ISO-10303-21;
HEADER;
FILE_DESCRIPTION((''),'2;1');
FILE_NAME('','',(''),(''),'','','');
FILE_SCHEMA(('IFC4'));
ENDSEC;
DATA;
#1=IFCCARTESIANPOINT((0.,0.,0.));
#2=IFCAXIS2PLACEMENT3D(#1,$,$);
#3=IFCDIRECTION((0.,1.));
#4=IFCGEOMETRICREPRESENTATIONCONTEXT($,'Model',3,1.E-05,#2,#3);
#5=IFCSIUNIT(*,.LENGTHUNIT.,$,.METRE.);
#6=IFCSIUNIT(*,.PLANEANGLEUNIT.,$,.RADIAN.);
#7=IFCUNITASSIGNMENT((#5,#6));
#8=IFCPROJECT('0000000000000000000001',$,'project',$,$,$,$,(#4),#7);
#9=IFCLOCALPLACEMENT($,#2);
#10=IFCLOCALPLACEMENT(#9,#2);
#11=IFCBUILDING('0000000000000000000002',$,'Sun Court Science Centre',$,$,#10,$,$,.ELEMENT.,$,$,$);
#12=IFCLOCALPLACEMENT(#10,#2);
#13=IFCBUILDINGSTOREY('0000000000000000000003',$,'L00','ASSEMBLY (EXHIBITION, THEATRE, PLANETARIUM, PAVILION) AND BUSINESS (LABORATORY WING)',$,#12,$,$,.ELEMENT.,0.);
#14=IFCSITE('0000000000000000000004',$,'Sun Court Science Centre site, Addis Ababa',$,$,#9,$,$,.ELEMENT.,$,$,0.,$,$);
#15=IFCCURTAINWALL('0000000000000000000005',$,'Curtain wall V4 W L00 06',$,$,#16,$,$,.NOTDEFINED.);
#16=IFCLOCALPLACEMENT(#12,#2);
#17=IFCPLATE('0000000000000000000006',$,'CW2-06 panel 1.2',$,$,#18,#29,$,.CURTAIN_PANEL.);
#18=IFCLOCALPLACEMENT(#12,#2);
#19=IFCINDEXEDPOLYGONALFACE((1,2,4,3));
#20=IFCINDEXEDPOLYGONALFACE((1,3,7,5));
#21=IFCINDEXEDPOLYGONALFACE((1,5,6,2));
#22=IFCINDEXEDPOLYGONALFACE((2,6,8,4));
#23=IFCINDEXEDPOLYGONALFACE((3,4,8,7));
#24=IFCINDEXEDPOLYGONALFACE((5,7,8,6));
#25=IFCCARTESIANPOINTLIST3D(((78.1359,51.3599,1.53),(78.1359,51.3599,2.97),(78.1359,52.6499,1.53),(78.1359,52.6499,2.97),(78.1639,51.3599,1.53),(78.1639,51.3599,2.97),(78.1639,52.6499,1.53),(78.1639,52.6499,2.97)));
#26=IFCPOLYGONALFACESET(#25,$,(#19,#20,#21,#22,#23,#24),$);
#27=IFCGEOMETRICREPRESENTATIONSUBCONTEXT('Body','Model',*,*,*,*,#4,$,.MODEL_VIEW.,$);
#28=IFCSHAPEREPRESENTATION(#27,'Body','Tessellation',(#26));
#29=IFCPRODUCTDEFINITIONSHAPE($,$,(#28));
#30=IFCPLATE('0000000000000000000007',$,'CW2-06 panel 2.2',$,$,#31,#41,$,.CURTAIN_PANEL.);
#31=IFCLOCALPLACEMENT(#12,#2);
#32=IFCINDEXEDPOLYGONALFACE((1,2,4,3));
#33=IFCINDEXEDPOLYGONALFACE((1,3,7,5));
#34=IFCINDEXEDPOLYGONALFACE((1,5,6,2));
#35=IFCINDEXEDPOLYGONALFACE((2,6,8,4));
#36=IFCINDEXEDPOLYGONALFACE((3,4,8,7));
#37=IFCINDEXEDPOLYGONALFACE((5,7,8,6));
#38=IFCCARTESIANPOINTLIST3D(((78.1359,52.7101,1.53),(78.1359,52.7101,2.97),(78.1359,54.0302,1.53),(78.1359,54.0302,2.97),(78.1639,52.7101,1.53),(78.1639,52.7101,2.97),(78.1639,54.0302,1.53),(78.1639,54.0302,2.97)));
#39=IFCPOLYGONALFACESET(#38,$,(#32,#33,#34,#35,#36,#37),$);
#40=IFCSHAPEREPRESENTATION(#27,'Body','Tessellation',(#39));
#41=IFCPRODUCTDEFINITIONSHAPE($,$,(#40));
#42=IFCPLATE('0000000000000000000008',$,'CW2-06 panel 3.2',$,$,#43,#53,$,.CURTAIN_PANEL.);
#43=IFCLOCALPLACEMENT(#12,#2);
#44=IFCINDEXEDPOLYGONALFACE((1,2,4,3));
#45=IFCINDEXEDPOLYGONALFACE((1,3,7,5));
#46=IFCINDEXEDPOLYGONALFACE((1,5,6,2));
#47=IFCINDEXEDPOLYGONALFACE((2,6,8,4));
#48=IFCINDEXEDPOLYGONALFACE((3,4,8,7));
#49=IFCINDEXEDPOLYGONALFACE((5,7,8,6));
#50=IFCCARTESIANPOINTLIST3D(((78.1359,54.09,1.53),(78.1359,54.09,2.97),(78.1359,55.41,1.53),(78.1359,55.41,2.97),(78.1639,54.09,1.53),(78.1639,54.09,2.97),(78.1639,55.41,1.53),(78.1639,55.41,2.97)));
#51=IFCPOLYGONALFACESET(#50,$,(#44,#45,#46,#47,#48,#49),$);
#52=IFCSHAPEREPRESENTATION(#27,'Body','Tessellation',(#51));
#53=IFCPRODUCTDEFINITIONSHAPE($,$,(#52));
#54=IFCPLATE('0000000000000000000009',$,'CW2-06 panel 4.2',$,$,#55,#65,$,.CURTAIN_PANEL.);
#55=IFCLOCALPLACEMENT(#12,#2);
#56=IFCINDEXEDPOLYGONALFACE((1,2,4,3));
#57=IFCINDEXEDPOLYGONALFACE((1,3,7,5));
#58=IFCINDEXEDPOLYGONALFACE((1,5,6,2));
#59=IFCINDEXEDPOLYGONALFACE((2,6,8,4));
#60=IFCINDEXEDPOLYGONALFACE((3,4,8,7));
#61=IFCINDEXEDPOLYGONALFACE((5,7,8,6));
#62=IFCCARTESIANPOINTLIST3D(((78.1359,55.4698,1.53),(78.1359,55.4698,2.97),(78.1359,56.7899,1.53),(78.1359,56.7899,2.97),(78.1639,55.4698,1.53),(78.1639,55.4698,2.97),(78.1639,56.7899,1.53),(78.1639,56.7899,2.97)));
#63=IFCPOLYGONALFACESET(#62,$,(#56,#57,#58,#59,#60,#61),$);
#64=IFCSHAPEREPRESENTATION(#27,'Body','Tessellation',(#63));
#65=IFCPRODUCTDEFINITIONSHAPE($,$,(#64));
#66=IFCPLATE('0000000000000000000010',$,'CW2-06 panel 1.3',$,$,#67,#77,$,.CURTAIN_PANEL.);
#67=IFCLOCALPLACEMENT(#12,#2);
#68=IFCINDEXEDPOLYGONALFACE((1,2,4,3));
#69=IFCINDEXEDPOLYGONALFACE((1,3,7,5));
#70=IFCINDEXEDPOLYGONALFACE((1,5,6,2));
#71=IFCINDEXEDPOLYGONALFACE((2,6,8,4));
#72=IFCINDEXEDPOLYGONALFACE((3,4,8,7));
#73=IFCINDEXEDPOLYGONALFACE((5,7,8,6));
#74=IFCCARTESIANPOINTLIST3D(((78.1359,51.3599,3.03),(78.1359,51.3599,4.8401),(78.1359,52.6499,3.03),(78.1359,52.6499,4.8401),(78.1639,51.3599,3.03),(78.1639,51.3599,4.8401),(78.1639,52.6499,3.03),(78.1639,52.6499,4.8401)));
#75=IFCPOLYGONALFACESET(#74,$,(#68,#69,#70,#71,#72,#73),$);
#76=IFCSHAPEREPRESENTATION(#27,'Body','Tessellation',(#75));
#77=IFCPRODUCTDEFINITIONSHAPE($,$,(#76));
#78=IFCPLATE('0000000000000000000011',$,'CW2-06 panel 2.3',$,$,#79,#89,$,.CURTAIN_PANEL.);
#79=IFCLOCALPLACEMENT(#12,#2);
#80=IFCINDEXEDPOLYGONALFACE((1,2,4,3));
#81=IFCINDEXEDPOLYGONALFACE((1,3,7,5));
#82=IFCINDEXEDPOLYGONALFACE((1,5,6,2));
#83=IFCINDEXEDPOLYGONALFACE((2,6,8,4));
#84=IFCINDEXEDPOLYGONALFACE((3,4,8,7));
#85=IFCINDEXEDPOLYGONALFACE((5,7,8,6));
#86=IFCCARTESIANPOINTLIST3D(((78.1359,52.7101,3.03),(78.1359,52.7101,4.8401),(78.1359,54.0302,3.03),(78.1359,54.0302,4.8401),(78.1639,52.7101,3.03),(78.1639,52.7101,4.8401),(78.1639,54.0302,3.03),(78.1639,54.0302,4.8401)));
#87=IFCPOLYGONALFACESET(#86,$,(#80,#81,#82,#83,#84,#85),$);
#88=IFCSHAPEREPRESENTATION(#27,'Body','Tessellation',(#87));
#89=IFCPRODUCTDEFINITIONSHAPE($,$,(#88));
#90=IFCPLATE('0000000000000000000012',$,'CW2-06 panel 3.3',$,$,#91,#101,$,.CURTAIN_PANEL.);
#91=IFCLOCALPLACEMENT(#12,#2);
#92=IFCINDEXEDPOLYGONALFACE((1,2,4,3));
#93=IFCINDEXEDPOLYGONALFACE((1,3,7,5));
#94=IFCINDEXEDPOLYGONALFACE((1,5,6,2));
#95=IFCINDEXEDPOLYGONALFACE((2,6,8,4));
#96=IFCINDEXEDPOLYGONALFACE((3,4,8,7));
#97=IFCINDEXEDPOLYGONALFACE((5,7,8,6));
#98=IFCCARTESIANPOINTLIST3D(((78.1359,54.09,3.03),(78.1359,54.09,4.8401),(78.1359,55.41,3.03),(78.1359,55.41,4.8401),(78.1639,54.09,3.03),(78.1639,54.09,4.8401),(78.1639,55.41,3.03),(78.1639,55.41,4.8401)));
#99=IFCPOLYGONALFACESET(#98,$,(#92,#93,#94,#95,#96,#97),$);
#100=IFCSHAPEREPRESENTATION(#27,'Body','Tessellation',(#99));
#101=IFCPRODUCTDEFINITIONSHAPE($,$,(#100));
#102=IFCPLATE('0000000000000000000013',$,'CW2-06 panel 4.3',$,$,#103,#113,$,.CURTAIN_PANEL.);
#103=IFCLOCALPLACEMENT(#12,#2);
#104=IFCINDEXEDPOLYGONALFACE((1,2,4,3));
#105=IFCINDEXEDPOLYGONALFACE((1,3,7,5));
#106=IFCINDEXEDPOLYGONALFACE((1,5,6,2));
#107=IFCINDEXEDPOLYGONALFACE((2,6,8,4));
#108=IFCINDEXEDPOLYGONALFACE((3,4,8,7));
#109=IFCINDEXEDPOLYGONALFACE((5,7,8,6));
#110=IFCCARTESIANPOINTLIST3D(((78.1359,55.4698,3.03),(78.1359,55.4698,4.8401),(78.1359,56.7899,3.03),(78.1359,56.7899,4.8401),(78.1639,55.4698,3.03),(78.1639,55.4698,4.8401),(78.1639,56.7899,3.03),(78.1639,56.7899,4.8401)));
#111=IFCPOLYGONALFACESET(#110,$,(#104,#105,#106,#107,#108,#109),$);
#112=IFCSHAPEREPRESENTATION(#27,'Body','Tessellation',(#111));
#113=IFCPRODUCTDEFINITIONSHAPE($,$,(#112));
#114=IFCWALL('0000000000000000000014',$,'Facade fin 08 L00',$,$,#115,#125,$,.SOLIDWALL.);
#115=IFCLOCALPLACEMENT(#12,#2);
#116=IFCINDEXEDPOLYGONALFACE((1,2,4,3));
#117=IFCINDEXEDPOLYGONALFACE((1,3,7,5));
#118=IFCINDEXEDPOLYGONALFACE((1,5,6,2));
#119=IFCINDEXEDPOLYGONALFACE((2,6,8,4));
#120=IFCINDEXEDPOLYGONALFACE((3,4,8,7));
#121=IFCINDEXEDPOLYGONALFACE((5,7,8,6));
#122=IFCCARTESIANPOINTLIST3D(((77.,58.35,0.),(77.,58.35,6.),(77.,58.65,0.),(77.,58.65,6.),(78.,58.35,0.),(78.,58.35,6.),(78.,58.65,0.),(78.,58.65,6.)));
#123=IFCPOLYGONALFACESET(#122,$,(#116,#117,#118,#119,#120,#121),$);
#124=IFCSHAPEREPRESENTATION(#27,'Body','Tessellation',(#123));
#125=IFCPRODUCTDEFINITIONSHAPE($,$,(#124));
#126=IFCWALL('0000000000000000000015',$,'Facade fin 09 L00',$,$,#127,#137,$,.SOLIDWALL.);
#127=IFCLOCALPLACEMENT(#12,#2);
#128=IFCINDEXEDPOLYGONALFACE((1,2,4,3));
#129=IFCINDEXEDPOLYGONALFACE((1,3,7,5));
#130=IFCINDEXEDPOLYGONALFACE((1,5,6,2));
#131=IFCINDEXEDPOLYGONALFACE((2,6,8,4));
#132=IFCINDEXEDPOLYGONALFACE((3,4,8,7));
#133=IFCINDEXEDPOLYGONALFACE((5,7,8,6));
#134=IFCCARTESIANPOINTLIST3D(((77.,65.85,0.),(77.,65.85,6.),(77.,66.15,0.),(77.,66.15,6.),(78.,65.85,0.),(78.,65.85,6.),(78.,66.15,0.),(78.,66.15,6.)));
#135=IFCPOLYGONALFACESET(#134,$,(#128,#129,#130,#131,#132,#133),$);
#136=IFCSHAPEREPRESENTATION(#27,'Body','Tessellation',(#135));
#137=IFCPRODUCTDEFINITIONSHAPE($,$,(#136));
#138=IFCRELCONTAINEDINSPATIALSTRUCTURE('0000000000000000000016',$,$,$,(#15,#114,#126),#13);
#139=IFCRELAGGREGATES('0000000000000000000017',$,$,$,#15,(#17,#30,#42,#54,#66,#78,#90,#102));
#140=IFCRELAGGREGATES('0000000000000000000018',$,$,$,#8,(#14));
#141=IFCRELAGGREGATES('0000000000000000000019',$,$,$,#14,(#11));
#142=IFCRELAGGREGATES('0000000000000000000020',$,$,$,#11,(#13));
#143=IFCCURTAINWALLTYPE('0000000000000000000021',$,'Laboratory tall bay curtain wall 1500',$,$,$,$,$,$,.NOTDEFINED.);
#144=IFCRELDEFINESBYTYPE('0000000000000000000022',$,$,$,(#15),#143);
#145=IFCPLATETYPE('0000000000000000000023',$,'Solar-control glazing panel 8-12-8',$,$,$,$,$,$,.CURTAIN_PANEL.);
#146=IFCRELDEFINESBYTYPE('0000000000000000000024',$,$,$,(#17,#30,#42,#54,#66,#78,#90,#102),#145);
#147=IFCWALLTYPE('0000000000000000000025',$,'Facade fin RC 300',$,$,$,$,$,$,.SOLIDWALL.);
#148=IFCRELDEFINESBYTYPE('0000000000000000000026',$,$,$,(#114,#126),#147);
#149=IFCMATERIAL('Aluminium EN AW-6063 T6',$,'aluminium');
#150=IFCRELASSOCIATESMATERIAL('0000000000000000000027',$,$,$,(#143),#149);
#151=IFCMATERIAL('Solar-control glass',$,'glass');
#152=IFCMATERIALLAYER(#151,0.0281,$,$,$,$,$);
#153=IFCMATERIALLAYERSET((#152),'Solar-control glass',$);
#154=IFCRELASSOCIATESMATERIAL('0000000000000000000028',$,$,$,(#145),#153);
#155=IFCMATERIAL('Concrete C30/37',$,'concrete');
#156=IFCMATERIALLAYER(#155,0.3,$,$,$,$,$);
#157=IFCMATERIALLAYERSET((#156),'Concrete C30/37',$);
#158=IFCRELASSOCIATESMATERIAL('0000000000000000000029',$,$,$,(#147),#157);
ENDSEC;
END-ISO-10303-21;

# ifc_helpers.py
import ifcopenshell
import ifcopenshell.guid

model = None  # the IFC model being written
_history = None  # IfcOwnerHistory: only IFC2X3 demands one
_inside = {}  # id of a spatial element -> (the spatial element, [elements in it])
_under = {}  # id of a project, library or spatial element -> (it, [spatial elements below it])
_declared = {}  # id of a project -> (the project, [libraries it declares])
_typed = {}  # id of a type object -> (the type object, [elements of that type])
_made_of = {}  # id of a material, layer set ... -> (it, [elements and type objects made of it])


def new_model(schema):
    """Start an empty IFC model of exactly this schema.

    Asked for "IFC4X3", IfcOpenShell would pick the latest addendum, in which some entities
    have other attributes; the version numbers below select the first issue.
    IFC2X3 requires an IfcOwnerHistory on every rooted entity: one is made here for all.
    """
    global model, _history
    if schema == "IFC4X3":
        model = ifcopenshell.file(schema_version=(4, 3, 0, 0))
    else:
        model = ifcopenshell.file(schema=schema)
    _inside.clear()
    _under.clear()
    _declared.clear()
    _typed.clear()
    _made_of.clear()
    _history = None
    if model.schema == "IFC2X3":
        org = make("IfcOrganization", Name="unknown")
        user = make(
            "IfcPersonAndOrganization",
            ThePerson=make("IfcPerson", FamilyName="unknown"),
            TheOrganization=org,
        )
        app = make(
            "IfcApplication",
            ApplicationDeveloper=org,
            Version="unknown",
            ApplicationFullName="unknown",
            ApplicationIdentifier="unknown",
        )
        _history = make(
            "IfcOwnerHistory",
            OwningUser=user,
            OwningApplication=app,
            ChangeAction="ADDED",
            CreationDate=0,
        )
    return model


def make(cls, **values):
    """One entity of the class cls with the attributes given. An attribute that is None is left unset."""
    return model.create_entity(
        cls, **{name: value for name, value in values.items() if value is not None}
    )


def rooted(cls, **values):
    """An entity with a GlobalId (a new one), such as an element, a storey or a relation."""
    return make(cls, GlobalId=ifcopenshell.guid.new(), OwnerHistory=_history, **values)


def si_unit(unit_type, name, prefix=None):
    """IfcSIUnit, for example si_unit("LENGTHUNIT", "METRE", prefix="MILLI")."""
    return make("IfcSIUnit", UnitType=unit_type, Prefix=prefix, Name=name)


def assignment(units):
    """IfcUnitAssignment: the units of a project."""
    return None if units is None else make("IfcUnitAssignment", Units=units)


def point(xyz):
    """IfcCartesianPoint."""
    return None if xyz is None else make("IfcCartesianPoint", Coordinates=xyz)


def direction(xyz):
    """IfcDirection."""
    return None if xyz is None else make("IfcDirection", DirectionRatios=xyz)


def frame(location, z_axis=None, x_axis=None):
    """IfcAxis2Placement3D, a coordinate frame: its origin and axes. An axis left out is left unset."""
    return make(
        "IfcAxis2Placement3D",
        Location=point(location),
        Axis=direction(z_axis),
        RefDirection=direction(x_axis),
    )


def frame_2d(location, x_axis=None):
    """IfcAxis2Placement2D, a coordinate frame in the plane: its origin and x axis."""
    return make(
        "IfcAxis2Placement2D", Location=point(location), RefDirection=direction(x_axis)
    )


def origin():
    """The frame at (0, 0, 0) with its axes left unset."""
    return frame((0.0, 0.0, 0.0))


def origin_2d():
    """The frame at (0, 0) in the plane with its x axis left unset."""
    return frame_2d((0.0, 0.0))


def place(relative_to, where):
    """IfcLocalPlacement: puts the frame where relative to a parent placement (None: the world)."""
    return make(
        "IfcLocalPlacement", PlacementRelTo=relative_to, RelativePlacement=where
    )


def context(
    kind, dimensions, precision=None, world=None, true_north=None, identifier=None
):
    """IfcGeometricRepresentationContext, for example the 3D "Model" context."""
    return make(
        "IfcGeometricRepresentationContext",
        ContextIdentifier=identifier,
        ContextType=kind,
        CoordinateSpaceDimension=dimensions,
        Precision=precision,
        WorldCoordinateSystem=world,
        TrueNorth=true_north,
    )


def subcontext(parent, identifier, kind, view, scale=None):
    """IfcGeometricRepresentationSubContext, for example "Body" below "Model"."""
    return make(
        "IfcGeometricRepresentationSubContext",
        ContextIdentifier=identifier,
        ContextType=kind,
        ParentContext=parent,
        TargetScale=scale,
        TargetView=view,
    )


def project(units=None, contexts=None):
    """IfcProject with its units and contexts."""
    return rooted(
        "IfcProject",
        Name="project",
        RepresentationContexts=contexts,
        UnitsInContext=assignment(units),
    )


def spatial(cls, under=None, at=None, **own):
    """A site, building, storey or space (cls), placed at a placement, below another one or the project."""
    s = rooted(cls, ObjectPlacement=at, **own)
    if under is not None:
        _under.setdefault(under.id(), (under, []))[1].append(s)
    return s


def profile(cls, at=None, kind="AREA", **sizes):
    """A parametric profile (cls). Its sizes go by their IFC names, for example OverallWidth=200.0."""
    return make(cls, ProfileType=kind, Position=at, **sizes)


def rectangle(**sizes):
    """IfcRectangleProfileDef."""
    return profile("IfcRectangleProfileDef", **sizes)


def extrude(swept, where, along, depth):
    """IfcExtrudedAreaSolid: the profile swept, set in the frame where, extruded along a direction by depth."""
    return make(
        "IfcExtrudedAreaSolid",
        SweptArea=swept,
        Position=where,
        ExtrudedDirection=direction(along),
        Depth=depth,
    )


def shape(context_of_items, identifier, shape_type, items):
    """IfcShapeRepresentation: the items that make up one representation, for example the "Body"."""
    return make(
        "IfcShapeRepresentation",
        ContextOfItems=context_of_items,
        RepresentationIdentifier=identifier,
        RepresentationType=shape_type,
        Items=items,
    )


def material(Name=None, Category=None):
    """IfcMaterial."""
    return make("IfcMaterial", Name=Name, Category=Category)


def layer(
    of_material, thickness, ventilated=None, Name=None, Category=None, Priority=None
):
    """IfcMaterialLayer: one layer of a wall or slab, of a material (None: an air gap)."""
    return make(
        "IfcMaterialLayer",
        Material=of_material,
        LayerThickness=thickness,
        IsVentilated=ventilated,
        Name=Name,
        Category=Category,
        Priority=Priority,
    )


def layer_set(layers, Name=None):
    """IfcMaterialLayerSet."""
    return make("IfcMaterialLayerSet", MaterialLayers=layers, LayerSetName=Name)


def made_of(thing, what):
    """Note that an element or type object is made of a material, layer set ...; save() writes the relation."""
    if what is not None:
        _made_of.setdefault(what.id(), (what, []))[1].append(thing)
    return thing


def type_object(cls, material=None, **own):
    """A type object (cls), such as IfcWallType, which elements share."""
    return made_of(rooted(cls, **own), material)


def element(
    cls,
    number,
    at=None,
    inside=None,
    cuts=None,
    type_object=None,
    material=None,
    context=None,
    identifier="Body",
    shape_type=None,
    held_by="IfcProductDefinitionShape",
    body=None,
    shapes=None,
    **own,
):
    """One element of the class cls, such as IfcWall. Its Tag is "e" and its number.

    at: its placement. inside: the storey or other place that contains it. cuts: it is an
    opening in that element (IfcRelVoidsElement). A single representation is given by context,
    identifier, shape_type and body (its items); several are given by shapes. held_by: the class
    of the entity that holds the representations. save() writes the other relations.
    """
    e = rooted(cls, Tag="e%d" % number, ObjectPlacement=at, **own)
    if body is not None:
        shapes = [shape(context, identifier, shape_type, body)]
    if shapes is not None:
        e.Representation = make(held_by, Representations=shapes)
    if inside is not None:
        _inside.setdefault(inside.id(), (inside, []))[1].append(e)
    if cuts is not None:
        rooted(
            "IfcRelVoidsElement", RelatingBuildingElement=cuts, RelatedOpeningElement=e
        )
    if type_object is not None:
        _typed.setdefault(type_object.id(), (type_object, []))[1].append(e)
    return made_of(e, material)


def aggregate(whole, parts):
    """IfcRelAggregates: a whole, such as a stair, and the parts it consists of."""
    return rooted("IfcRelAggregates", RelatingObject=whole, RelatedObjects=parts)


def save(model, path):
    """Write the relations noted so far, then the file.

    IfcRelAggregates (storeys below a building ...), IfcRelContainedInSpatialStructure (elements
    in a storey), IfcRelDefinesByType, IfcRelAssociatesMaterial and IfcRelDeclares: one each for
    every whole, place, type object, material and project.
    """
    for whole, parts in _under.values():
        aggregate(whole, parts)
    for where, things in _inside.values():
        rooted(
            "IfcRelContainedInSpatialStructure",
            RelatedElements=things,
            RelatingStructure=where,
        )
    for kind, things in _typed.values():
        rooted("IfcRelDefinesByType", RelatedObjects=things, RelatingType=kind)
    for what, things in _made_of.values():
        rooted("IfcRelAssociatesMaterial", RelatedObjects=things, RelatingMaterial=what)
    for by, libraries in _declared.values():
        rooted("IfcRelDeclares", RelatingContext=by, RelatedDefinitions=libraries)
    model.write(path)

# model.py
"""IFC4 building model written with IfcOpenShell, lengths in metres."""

from ifc_helpers import new_model, si_unit, direction, frame, frame_2d, origin, origin_2d, place, context, subcontext, project, spatial, rectangle, extrude, material, layer, layer_set, type_object, element, aggregate, save


model = new_model("IFC4")

# Units and contexts
model_context = context("Model", 3, precision=1e-05, world=origin(), true_north=direction((0.0, 1.0)))
body_context = subcontext(model_context, "Body", "Model", "MODEL_VIEW")
ifc_project = project(units=[si_unit("LENGTHUNIT", "METRE"), si_unit("PLANEANGLEUNIT", "RADIAN")], contexts=[model_context])

# Site, building, storey
site_placement = place(None, origin())
site = spatial("IfcSite", under=ifc_project, at=site_placement, Name="Sun Court Science Centre site, Addis Ababa", CompositionType="ELEMENT", RefElevation=0.0)
building_placement = place(site_placement, origin())
building = spatial("IfcBuilding", under=site, at=building_placement, Name="Sun Court Science Centre", CompositionType="ELEMENT")
storey_placement = place(building_placement, origin())
storey = spatial("IfcBuildingStorey", under=building, at=storey_placement, Name="L00", Description="ASSEMBLY (EXHIBITION, THEATRE, PLANETARIUM, PAVILION) AND BUSINESS (LABORATORY WING)", CompositionType="ELEMENT", Elevation=0.0)

# Curtain wall, plates
ifc_material_1 = material(Name="Aluminium EN AW-6063 T6", Category="aluminium")
curtain_wall_type = type_object("IfcCurtainWallType", Name="Laboratory tall bay curtain wall 1500", PredefinedType="NOTDEFINED", material=ifc_material_1)
curtain_wall_placement = place(storey_placement, origin())
curtain_wall = element("IfcCurtainWall", 1, at=curtain_wall_placement, inside=storey, type_object=curtain_wall_type, Name="Curtain wall V4 W L00 06", PredefinedType="NOTDEFINED")
ifc_material_2 = material(Name="Solar-control glass", Category="glass")
ifc_layer_1 = layer(ifc_material_2, 0.0281)
ifc_layer_set_1 = layer_set([ifc_layer_1], Name="Solar-control glass")
plate_type = type_object("IfcPlateType", Name="Solar-control glazing panel 8-12-8", PredefinedType="CURTAIN_PANEL", material=ifc_layer_set_1)
plate_1_placement = place(storey_placement, frame((78.1499, 52.0049, 1.53), z_axis=(0.0, 0.0, 1.0), x_axis=(0.0, 1.0, 0.0)))
plate_1 = element("IfcPlate", 2, at=plate_1_placement, type_object=plate_type, Name="CW2-06 panel 1.2", PredefinedType="CURTAIN_PANEL", context=body_context, shape_type="SweptSolid", body=[
    extrude(rectangle(XDim=1.29, YDim=0.0281, at=origin_2d()), origin(), (0.0, 0.0, 1.0), 1.4399),
])
plate_2_placement = place(storey_placement, frame((78.1499, 53.3701, 1.53), z_axis=(0.0, 0.0, 1.0), x_axis=(0.0, 1.0, 0.0)))
plate_2 = element("IfcPlate", 3, at=plate_2_placement, type_object=plate_type, Name="CW2-06 panel 2.2", PredefinedType="CURTAIN_PANEL", context=body_context, shape_type="SweptSolid", body=[
    extrude(rectangle(XDim=1.3201, YDim=0.0281, at=origin_2d()), origin(), (0.0, 0.0, 1.0), 1.4399),
])
plate_3_placement = place(storey_placement, frame((78.1499, 54.75, 1.53), z_axis=(0.0, 0.0, 1.0), x_axis=(0.0, 1.0, 0.0)))
plate_3 = element("IfcPlate", 4, at=plate_3_placement, type_object=plate_type, Name="CW2-06 panel 3.2", PredefinedType="CURTAIN_PANEL", context=body_context, shape_type="SweptSolid", body=[
    extrude(rectangle(XDim=1.3201, YDim=0.0281, at=origin_2d()), origin(), (0.0, 0.0, 1.0), 1.4399),
])
plate_4_placement = place(storey_placement, frame((78.1499, 56.1299, 1.53), z_axis=(0.0, 0.0, 1.0), x_axis=(0.0, 1.0, 0.0)))
plate_4 = element("IfcPlate", 5, at=plate_4_placement, type_object=plate_type, Name="CW2-06 panel 4.2", PredefinedType="CURTAIN_PANEL", context=body_context, shape_type="SweptSolid", body=[
    extrude(rectangle(XDim=1.3201, YDim=0.0281, at=origin_2d()), origin(), (0.0, 0.0, 1.0), 1.4399),
])
plate_5_placement = place(storey_placement, frame((78.1499, 52.0049, 3.03), z_axis=(0.0, 0.0, 1.0), x_axis=(0.0, 1.0, 0.0)))
plate_5 = element("IfcPlate", 6, at=plate_5_placement, type_object=plate_type, Name="CW2-06 panel 1.3", PredefinedType="CURTAIN_PANEL", context=body_context, shape_type="SweptSolid", body=[
    extrude(rectangle(XDim=1.29, YDim=0.0281, at=origin_2d()), origin(), (0.0, 0.0, 1.0), 1.8101),
])
plate_6_placement = place(storey_placement, frame((78.1499, 53.3701, 3.03), z_axis=(0.0, 0.0, 1.0), x_axis=(0.0, 1.0, 0.0)))
plate_6 = element("IfcPlate", 7, at=plate_6_placement, type_object=plate_type, Name="CW2-06 panel 2.3", PredefinedType="CURTAIN_PANEL", context=body_context, shape_type="SweptSolid", body=[
    extrude(rectangle(XDim=1.3201, YDim=0.0281, at=origin_2d()), origin(), (0.0, 0.0, 1.0), 1.8101),
])
plate_7_placement = place(storey_placement, frame((78.1499, 54.75, 3.03), z_axis=(0.0, 0.0, 1.0), x_axis=(0.0, 1.0, 0.0)))
plate_7 = element("IfcPlate", 8, at=plate_7_placement, type_object=plate_type, Name="CW2-06 panel 3.3", PredefinedType="CURTAIN_PANEL", context=body_context, shape_type="SweptSolid", body=[
    extrude(rectangle(XDim=1.3201, YDim=0.0281, at=origin_2d()), origin(), (0.0, 0.0, 1.0), 1.8101),
])
plate_8_placement = place(storey_placement, frame((78.1499, 56.1299, 3.03), z_axis=(0.0, 0.0, 1.0), x_axis=(0.0, 1.0, 0.0)))
plate_8 = element("IfcPlate", 9, at=plate_8_placement, type_object=plate_type, Name="CW2-06 panel 4.3", PredefinedType="CURTAIN_PANEL", context=body_context, shape_type="SweptSolid", body=[
    extrude(rectangle(XDim=1.3201, YDim=0.0281, at=origin_2d()), origin(), (0.0, 0.0, 1.0), 1.8101),
])
aggregate(curtain_wall, [plate_1, plate_2, plate_3, plate_4, plate_5, plate_6, plate_7, plate_8])

# Walls
ifc_material_3 = material(Name="Concrete C30/37", Category="concrete")
ifc_layer_2 = layer(ifc_material_3, 0.3)
ifc_layer_set_2 = layer_set([ifc_layer_2], Name="Concrete C30/37")
wall_type = type_object("IfcWallType", Name="Facade fin RC 300", PredefinedType="SOLIDWALL", material=ifc_layer_set_2)
for number, where, z_axis, x_axis, name in (
    (10, (77.0, 58.5, 0.0), (0.0, 0.0, 1.0), (1.0, 0.0, 0.0), "Facade fin 08 L00"),
    (11, (77.0, 66.0, 0.0), (0.0, 0.0, 1.0), (1.0, 0.0, 0.0), "Facade fin 09 L00"),
):
    element("IfcWall", number, at=place(storey_placement, frame(where, z_axis=z_axis, x_axis=x_axis)), inside=storey, type_object=wall_type, Name=name, PredefinedType="SOLIDWALL", context=body_context, shape_type="SweptSolid", body=[
        extrude(rectangle(XDim=1.0, YDim=0.3, at=frame_2d((0.5, 0.0))), origin(), (0.0, 0.0, 1.0), 6.0),
    ])

save(model, "model.ifc")
